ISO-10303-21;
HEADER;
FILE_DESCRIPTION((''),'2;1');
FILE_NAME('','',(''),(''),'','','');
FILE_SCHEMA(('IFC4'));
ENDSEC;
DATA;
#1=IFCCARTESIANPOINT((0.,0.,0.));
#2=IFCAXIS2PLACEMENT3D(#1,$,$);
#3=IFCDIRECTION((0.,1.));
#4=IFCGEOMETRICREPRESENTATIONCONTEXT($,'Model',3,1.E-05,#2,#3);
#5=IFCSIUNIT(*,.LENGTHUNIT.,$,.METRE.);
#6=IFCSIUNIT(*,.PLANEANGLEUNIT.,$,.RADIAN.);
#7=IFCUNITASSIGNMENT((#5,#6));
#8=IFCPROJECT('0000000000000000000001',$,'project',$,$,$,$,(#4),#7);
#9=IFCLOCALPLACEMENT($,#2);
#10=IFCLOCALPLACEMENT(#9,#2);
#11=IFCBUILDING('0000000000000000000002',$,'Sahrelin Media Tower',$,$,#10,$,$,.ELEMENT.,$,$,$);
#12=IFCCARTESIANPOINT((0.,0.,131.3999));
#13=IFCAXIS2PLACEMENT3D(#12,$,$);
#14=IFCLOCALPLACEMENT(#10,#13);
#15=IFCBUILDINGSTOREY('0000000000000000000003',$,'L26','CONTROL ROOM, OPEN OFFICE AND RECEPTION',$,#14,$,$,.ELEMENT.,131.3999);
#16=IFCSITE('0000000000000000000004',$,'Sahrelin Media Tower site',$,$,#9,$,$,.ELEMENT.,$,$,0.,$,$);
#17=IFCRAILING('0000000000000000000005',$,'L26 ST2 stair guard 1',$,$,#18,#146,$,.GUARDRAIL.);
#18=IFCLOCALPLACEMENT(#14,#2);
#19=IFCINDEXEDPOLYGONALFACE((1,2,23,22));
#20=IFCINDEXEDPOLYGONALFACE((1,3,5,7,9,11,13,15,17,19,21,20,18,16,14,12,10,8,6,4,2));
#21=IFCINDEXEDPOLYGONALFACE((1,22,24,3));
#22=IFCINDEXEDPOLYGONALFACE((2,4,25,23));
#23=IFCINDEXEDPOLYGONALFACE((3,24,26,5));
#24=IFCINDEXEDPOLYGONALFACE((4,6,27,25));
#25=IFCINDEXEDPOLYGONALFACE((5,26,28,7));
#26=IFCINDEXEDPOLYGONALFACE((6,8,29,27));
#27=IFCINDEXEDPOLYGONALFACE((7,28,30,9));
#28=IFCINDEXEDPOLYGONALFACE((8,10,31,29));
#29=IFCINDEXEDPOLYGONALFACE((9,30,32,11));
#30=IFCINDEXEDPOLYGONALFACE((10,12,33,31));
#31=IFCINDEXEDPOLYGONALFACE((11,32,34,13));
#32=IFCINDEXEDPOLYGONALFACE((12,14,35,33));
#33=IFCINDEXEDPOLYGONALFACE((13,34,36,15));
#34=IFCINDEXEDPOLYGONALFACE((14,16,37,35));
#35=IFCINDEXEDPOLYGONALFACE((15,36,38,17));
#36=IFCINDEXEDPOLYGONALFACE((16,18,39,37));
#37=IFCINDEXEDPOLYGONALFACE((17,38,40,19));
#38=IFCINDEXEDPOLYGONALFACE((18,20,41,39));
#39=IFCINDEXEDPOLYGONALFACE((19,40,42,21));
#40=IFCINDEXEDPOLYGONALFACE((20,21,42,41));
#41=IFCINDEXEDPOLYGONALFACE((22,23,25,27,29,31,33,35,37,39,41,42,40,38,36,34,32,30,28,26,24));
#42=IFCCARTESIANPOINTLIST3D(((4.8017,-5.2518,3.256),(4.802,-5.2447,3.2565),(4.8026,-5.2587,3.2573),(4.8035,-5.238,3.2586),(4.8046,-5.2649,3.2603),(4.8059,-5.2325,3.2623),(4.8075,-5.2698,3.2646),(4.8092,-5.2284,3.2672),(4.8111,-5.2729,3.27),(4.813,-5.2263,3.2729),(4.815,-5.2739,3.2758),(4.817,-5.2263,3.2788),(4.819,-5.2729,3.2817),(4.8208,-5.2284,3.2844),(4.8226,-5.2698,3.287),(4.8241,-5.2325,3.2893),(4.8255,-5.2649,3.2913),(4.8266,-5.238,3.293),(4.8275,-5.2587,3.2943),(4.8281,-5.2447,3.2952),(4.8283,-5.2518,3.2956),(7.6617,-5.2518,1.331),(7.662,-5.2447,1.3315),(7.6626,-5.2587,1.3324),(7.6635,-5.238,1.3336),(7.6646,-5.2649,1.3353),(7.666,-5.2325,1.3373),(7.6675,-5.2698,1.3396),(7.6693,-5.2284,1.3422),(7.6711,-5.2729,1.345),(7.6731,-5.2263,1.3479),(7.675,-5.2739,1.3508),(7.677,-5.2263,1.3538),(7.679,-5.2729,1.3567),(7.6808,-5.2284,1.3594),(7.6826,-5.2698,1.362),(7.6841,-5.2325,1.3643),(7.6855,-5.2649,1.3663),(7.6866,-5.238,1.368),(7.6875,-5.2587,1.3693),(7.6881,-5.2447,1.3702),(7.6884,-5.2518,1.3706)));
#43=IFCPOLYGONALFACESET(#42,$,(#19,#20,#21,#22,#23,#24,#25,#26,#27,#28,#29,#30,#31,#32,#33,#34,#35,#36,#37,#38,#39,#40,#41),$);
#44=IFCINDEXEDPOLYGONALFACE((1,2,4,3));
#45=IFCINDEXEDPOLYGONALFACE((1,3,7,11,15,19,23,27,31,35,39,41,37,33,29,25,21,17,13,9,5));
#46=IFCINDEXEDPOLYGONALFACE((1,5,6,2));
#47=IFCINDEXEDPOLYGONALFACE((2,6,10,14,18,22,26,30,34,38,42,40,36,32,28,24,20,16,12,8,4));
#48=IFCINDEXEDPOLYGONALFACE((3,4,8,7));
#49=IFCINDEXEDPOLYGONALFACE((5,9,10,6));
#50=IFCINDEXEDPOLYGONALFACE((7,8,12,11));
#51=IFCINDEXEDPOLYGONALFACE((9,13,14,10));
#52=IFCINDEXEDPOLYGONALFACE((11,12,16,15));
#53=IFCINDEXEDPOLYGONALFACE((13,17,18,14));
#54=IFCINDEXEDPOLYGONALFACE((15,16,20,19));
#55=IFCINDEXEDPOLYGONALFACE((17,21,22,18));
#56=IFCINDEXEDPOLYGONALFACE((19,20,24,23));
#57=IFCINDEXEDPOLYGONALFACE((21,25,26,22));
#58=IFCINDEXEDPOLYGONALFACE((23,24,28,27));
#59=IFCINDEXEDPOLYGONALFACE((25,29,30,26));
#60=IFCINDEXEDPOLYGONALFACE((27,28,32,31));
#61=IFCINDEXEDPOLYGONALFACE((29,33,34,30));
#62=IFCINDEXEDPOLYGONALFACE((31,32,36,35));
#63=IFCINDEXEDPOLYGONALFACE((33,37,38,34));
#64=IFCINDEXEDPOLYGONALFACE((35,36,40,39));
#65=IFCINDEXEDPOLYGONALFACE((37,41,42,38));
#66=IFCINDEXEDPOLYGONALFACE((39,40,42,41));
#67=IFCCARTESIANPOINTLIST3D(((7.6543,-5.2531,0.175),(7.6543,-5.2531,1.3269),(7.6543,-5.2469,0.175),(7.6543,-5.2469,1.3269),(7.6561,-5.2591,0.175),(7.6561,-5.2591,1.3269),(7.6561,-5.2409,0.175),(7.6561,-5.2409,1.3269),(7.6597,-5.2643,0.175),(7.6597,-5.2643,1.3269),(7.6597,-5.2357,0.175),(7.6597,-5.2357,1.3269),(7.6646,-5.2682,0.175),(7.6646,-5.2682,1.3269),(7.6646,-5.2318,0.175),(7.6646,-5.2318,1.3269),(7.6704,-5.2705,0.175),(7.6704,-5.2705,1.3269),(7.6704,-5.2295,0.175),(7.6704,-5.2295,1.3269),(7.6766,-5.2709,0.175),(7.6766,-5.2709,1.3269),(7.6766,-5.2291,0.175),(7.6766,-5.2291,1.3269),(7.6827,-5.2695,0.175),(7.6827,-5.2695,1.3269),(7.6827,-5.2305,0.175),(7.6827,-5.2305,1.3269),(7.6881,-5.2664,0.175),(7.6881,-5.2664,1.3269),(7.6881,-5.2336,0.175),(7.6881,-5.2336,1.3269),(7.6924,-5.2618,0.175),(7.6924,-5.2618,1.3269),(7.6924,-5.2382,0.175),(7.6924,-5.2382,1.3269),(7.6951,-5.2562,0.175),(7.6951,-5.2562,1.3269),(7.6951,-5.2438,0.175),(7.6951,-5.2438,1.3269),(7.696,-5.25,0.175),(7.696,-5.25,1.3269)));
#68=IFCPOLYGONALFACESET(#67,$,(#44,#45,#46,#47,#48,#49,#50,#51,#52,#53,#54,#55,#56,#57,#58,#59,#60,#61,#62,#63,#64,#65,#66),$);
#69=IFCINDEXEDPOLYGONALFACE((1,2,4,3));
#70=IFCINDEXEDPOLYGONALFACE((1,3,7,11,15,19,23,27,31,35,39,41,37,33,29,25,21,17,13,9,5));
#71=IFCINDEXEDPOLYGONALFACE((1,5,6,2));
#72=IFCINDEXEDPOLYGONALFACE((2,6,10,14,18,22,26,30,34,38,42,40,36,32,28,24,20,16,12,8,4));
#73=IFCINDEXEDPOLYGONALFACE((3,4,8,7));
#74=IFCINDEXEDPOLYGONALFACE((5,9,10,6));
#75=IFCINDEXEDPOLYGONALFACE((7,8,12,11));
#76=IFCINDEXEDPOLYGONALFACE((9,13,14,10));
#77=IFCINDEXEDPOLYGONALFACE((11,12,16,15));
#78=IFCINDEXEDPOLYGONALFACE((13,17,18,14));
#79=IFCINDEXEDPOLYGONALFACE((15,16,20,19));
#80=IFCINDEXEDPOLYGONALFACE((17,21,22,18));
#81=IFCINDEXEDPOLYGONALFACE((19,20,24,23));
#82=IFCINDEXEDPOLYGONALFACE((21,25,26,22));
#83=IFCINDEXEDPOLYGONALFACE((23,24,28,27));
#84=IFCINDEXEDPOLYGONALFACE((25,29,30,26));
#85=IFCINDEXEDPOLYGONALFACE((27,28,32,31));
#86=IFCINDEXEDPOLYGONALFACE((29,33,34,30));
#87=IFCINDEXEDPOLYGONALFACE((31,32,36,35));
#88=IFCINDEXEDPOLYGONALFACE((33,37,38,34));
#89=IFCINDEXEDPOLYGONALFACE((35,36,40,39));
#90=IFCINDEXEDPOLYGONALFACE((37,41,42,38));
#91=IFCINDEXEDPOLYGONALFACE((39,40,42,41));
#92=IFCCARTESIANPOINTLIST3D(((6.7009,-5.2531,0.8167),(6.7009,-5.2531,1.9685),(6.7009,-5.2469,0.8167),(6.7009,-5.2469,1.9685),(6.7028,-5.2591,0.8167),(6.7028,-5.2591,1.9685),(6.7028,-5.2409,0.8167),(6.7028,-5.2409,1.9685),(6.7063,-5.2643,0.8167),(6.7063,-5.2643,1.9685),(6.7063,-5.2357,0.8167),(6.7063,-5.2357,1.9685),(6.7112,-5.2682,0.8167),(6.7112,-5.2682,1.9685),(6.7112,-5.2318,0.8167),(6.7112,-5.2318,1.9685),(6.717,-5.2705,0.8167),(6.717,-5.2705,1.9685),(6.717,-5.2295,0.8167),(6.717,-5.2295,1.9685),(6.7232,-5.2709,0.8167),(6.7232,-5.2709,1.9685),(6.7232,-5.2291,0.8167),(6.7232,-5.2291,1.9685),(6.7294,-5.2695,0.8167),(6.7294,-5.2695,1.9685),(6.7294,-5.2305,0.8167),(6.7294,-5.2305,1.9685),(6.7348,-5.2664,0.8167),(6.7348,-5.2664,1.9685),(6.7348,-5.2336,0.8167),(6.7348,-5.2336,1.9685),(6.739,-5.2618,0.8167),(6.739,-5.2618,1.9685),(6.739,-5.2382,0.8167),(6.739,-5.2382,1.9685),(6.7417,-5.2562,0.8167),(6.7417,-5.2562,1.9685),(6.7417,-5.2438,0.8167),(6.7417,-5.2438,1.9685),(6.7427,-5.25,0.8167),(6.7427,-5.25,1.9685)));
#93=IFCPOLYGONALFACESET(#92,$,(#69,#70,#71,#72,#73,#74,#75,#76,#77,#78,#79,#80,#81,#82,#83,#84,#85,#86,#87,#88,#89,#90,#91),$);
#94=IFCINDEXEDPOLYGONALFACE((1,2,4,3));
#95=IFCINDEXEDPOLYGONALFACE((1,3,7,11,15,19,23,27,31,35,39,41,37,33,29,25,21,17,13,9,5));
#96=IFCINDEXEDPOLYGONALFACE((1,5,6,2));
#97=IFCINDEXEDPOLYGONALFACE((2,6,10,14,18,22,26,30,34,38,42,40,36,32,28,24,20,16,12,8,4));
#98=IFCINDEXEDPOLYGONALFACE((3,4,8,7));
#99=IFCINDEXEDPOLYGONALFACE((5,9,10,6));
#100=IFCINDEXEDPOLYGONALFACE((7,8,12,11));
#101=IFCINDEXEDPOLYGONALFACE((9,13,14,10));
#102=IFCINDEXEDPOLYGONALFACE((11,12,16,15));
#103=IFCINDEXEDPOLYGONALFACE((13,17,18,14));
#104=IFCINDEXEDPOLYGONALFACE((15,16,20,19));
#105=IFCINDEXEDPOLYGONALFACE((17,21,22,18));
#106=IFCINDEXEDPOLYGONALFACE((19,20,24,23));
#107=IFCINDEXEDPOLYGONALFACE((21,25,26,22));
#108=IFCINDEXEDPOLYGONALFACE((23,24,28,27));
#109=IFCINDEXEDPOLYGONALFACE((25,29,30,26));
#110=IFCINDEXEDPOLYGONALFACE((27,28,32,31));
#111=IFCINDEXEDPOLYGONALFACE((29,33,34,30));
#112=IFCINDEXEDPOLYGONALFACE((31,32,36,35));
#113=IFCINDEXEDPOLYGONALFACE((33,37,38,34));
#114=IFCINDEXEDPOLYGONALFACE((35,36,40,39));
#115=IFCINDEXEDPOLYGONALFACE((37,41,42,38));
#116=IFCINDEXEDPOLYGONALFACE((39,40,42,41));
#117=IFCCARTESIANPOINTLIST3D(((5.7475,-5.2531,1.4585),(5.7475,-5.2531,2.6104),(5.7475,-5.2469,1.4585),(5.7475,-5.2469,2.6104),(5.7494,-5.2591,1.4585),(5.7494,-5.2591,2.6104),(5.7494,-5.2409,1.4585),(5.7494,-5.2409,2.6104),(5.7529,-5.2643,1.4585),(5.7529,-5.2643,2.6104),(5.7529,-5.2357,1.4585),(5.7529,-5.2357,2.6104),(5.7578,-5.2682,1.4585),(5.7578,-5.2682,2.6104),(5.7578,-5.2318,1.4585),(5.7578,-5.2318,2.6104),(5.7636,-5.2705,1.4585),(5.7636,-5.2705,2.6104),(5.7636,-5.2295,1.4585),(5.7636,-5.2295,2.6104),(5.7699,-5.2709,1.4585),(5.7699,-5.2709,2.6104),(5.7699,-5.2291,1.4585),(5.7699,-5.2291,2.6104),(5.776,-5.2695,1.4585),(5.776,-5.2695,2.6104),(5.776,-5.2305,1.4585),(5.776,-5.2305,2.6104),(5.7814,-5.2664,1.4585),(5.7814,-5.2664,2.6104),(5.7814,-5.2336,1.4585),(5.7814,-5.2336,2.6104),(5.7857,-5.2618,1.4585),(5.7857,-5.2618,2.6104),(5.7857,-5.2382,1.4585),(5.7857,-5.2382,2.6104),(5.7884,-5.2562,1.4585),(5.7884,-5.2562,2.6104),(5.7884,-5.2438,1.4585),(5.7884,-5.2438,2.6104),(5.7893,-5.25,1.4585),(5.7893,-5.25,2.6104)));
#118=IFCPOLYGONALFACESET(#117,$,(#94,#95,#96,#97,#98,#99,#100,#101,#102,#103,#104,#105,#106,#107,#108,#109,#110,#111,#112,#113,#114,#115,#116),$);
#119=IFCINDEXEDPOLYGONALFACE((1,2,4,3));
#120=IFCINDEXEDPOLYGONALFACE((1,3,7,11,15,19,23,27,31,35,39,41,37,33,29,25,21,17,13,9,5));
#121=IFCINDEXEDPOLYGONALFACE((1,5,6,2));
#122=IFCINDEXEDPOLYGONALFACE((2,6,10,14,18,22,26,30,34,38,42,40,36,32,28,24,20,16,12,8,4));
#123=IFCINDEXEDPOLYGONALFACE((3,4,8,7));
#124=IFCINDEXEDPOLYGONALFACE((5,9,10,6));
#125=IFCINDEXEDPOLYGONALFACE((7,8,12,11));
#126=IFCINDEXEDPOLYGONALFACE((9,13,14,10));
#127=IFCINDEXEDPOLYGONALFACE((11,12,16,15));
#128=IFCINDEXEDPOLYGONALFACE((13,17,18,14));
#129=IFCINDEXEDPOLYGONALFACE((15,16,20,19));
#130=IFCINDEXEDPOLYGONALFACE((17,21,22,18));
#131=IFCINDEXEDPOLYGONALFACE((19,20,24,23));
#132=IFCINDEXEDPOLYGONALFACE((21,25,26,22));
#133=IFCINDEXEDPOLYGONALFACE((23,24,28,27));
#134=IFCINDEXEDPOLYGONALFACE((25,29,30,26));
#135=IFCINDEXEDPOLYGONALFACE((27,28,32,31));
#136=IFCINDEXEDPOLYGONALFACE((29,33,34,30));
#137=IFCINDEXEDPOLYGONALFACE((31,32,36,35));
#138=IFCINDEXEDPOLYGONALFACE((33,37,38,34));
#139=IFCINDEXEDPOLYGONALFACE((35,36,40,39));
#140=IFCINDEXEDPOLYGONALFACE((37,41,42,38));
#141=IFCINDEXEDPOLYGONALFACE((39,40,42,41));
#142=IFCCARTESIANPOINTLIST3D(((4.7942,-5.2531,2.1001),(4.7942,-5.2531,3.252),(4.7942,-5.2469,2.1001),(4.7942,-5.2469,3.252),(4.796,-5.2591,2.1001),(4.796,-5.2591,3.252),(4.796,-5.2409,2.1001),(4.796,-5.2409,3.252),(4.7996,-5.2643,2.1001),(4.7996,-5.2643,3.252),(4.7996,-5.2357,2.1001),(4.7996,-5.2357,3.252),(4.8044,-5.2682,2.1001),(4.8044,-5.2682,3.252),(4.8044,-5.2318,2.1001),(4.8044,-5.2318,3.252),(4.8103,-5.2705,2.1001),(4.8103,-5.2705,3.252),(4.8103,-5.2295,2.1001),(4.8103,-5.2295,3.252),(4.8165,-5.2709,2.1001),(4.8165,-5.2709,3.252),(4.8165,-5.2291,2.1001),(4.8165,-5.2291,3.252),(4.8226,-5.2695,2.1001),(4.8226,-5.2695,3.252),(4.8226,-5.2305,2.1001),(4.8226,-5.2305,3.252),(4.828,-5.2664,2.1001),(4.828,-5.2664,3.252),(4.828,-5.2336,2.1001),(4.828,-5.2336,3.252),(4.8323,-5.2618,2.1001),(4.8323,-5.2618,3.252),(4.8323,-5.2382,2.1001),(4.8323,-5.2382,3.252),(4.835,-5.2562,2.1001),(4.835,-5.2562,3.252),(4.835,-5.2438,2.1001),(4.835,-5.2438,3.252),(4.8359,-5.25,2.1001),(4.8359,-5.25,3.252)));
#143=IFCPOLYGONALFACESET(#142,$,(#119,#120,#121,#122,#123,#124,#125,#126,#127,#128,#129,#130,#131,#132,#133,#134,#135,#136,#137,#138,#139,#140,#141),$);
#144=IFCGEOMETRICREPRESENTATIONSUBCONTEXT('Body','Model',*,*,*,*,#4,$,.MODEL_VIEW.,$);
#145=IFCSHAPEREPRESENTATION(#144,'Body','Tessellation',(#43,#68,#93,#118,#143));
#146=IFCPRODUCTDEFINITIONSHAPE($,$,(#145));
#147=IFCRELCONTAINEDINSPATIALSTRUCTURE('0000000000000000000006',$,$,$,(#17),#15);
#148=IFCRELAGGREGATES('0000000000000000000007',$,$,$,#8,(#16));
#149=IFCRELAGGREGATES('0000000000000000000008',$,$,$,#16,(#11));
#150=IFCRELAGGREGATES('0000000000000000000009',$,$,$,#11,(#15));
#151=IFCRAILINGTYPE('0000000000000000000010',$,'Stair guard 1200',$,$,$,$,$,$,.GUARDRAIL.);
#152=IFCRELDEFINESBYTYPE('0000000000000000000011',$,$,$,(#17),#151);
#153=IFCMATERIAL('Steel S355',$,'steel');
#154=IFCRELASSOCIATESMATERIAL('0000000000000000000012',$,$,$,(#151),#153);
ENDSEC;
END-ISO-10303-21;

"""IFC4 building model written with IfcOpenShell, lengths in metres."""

from ifc_helpers import new_model, si_unit, direction, frame, origin, origin_2d, place, context, subcontext, project, spatial, circle, extrude, material, type_object, element, save


model = new_model("IFC4")

# Units and contexts
model_context = context("Model", 3, precision=1e-05, world=origin(), true_north=direction((0.0, 1.0)))
body_context = subcontext(model_context, "Body", "Model", "MODEL_VIEW")
ifc_project = project(units=[si_unit("LENGTHUNIT", "METRE"), si_unit("PLANEANGLEUNIT", "RADIAN")], contexts=[model_context])

# Site, building, storey
site_placement = place(None, origin())
site = spatial("IfcSite", under=ifc_project, at=site_placement, Name="Sahrelin Media Tower site", CompositionType="ELEMENT", RefElevation=0.0)
building_placement = place(site_placement, origin())
building = spatial("IfcBuilding", under=site, at=building_placement, Name="Sahrelin Media Tower", CompositionType="ELEMENT")
storey_placement = place(building_placement, frame((0.0, 0.0, 131.3999)))
storey = spatial("IfcBuildingStorey", under=building, at=storey_placement, Name="L26", Description="CONTROL ROOM, OPEN OFFICE AND RECEPTION", CompositionType="ELEMENT", Elevation=131.3999)

# Shared definitions
ifc_material_1 = material(Name="Steel S355", Category="steel")

# Railing
railing_type_1 = type_object("IfcRailingType", Name="Stair guard 1200", PredefinedType="GUARDRAIL", material=ifc_material_1)
railing_1_placement = place(storey_placement, frame((7.675, -5.25, 0.175)))
element("IfcRailing", 1, at=railing_1_placement, inside=storey, type_object=railing_type_1, Name="L26 ST2 stair guard 1", PredefinedType="GUARDRAIL", context=body_context, shape_type="SweptSolid", body=[
    extrude(circle(Radius=0.0239, at=origin_2d()), frame((0.0, 0.0, 1.1758), z_axis=(-0.829591, 0.0, 0.558372), x_axis=(0.0, -1.0, 0.0)), (0.0, 0.0, 1.0), 3.4475),
    extrude(circle(Radius=0.021, at=origin_2d()), origin(), (0.0, 0.0, 1.0), 1.1519),
    extrude(circle(Radius=0.021, at=origin_2d()), frame((-0.9534, 0.0, 0.6416)), (0.0, 0.0, 1.0), 1.1519),
    extrude(circle(Radius=0.021, at=origin_2d()), frame((-1.9067, 0.0, 1.2834)), (0.0, 0.0, 1.0), 1.1519),
    extrude(circle(Radius=0.021, at=origin_2d()), frame((-2.8601, 0.0, 1.925)), (0.0, 0.0, 1.0), 1.1519),
])

save(model, "model.ifc")
